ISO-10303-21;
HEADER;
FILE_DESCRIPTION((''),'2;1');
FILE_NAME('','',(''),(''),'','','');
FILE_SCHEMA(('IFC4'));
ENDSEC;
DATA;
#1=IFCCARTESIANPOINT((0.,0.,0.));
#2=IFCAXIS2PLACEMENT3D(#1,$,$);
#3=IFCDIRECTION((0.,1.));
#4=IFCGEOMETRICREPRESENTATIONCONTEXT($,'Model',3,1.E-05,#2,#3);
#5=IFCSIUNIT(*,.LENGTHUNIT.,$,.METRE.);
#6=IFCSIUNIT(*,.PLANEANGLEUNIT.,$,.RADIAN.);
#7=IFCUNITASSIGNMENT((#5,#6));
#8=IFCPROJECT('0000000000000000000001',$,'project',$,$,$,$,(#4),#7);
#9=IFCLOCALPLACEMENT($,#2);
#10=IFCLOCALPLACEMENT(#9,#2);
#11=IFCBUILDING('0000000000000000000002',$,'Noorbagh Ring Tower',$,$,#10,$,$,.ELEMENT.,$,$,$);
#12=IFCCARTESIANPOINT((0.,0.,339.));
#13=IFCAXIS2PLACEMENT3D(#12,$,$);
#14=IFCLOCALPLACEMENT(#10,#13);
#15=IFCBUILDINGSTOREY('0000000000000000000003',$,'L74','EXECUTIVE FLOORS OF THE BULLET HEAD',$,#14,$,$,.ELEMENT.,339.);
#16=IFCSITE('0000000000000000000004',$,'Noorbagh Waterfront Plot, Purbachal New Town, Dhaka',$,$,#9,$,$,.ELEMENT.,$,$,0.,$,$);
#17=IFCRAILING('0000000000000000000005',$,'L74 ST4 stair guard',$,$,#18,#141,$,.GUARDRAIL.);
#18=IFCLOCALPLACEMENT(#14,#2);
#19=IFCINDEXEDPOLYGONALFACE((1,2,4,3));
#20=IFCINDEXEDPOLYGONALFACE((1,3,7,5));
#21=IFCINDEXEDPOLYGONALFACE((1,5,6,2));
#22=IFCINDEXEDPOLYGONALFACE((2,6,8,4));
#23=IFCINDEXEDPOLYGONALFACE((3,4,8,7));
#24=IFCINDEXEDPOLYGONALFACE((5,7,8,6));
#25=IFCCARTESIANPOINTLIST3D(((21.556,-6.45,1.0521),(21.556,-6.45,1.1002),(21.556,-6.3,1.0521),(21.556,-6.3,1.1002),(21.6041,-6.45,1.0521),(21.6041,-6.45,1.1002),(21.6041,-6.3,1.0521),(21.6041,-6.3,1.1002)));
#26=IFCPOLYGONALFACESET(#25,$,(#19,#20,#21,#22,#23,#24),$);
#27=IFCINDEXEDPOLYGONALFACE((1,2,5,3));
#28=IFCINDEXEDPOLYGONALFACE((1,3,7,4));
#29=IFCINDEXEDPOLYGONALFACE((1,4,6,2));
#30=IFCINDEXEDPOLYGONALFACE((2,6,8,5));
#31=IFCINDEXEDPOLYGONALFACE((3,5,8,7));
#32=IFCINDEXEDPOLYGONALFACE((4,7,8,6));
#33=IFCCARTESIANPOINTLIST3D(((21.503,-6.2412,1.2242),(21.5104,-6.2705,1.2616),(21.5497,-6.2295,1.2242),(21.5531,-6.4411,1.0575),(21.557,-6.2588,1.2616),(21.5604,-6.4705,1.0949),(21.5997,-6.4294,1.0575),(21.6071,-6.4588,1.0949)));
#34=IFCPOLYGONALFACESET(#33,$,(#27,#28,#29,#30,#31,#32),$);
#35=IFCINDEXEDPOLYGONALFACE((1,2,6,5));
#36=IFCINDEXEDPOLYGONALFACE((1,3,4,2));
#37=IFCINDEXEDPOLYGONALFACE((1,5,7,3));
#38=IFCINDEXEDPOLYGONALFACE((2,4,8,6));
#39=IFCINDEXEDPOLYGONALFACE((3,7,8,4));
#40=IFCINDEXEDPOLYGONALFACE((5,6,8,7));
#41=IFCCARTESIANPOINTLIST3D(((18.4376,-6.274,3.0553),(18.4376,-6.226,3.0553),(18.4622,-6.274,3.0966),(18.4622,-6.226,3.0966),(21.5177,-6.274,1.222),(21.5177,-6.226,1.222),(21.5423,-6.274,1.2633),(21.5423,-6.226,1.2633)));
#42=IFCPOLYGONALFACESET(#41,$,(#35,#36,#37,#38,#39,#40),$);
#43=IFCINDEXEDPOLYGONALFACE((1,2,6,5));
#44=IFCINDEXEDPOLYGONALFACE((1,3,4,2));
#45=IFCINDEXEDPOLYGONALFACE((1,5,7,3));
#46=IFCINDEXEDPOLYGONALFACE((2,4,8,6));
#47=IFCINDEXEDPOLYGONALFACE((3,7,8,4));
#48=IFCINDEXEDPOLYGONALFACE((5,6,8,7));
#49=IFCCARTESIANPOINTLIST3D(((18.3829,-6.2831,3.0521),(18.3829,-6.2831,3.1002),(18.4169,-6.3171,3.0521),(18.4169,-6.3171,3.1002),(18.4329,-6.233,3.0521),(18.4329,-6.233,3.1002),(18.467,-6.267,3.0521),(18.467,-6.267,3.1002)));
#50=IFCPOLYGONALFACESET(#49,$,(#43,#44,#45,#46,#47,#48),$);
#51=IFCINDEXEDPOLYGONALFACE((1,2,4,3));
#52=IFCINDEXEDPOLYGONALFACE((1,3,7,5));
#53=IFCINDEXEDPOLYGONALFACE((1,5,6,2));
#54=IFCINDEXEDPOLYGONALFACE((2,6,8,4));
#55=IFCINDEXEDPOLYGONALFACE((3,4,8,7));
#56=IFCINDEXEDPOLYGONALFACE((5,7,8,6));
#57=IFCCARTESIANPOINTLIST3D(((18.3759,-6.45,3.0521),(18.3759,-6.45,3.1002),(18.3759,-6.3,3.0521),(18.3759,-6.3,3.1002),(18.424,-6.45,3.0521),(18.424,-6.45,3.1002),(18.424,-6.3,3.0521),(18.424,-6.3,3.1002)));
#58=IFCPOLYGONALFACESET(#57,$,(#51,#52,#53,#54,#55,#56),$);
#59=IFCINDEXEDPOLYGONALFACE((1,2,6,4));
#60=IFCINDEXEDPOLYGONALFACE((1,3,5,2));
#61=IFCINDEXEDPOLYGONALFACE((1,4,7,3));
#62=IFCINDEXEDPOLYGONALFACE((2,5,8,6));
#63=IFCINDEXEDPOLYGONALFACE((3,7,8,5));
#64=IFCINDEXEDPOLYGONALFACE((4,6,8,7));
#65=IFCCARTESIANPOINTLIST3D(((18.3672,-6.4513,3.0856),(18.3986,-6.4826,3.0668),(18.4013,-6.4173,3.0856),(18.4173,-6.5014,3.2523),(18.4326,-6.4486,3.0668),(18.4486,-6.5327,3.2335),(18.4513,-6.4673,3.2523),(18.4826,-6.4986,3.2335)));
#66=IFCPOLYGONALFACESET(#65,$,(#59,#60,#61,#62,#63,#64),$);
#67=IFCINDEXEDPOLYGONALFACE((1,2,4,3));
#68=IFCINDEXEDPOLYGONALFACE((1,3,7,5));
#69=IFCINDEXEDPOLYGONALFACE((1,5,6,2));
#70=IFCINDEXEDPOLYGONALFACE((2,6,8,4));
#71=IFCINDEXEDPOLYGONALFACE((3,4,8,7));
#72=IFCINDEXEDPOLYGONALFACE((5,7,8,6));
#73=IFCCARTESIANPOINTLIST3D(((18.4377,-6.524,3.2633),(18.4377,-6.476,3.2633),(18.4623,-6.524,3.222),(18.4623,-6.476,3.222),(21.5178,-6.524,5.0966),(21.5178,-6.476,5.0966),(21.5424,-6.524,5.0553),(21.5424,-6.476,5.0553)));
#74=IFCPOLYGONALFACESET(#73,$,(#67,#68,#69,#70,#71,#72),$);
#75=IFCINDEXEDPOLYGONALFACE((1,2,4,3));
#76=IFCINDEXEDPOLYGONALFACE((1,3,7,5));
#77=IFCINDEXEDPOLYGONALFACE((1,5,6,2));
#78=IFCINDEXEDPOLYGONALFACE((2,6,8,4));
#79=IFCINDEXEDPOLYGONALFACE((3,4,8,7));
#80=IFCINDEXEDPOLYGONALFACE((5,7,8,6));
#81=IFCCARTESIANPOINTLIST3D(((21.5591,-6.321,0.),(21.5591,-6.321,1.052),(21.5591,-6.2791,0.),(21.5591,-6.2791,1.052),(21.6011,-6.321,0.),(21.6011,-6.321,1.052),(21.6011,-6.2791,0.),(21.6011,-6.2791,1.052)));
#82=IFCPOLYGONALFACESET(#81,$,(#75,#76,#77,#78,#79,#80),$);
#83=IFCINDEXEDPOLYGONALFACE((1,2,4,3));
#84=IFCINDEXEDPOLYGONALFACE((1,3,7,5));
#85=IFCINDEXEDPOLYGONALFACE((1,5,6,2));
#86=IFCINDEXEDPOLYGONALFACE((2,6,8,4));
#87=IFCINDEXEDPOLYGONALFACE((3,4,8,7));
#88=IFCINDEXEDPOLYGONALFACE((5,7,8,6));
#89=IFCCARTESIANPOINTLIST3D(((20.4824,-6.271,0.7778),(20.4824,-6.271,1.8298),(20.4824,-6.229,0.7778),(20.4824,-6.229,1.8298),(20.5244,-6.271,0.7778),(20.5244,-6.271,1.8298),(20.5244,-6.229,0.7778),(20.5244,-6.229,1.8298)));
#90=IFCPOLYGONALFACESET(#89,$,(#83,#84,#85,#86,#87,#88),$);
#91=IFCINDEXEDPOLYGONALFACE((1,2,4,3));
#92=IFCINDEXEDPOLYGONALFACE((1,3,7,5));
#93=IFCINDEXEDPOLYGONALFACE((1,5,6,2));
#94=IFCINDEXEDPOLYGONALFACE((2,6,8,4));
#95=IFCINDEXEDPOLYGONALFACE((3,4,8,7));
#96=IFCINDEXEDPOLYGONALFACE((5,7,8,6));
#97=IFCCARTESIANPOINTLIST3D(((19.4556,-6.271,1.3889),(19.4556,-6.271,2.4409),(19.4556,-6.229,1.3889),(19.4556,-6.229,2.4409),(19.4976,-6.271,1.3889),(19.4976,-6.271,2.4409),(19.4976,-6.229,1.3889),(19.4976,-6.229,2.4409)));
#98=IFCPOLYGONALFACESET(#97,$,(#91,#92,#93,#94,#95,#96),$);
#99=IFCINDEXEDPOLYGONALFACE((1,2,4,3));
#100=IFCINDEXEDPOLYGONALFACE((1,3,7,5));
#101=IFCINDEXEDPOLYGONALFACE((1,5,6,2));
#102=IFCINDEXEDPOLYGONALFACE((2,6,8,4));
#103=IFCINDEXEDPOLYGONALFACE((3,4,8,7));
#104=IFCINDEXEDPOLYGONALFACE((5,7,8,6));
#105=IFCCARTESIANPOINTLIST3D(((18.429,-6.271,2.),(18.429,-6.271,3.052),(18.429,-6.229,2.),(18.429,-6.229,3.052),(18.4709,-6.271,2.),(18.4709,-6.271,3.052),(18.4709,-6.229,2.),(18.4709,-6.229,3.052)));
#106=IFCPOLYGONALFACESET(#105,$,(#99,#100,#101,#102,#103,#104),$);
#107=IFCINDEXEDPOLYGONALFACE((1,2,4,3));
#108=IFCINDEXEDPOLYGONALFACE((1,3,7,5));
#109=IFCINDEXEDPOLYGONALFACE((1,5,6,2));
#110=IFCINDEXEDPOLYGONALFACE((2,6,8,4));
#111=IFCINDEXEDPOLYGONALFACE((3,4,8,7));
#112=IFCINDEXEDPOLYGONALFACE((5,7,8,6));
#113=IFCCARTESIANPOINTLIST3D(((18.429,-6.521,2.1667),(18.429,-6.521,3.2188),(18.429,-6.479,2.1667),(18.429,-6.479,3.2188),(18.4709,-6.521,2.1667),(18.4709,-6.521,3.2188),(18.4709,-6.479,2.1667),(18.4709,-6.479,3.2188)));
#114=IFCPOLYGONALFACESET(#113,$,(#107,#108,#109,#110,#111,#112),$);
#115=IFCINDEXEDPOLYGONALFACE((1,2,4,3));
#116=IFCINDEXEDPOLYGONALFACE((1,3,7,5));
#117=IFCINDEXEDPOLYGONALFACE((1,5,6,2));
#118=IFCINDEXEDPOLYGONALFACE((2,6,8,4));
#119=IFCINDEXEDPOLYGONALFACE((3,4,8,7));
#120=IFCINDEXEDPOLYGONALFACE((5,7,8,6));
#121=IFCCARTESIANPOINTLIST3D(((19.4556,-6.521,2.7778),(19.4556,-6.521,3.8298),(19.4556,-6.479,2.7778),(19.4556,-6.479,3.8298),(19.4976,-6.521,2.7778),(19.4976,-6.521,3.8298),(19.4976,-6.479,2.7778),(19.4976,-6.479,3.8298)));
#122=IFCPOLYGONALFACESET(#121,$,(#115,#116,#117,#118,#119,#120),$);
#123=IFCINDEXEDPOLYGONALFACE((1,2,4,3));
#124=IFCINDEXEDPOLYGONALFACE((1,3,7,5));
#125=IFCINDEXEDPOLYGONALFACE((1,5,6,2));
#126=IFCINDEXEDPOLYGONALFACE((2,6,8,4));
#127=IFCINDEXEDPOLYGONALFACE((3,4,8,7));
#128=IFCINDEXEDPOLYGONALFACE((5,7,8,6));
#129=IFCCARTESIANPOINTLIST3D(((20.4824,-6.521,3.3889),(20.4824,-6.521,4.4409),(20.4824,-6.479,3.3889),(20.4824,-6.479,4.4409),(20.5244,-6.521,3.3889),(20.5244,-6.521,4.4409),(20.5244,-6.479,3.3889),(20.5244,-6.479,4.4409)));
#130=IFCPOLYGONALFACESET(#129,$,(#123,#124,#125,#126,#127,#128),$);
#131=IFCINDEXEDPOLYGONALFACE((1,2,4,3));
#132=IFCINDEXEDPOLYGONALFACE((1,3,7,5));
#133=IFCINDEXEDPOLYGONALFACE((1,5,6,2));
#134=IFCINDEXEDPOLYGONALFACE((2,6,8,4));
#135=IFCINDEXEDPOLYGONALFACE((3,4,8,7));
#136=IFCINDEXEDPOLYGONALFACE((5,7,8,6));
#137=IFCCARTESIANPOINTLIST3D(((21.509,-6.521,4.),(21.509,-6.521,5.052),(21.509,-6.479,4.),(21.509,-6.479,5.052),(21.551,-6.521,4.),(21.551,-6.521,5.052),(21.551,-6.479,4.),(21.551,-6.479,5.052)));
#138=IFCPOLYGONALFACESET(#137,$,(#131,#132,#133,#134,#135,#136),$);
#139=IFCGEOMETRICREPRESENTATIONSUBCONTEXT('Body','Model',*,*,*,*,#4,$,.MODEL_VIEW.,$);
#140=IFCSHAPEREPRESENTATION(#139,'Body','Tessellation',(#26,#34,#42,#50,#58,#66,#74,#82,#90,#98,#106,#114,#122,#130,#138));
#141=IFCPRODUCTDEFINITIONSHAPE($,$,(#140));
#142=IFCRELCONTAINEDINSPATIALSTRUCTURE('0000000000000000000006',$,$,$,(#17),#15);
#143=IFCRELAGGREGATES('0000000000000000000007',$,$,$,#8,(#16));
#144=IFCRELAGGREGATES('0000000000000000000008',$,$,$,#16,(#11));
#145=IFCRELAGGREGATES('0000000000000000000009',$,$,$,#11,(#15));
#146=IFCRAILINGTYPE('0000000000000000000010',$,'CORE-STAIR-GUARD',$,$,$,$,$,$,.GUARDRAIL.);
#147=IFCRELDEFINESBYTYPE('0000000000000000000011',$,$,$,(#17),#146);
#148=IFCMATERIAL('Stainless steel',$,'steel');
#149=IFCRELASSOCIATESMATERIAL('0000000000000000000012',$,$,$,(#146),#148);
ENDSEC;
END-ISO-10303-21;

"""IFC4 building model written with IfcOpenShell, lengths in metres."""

from ifc_helpers import new_model, si_unit, direction, frame, origin, origin_2d, place, context, subcontext, project, spatial, rectangle, extrude, material, type_object, element, save


model = new_model("IFC4")

# Units and contexts
model_context = context("Model", 3, precision=1e-05, world=origin(), true_north=direction((0.0, 1.0)))
body_context = subcontext(model_context, "Body", "Model", "MODEL_VIEW")
ifc_project = project(units=[si_unit("LENGTHUNIT", "METRE"), si_unit("PLANEANGLEUNIT", "RADIAN")], contexts=[model_context])

# Site, building, storey
site_placement = place(None, origin())
site = spatial("IfcSite", under=ifc_project, at=site_placement, Name="Noorbagh Waterfront Plot, Purbachal New Town, Dhaka", CompositionType="ELEMENT", RefElevation=0.0)
building_placement = place(site_placement, origin())
building = spatial("IfcBuilding", under=site, at=building_placement, Name="Noorbagh Ring Tower", CompositionType="ELEMENT")
storey_placement = place(building_placement, frame((0.0, 0.0, 339.0)))
storey = spatial("IfcBuildingStorey", under=building, at=storey_placement, Name="L74", Description="EXECUTIVE FLOORS OF THE BULLET HEAD", CompositionType="ELEMENT", Elevation=339.0)

# Railing
ifc_material_1 = material(Name="Stainless steel", Category="steel")
railing_type_1 = type_object("IfcRailingType", Name="CORE-STAIR-GUARD", PredefinedType="GUARDRAIL", material=ifc_material_1)
railing_1_placement = place(storey_placement, frame((21.5801, -6.3, 0.0)))
element("IfcRailing", 1, at=railing_1_placement, inside=storey, type_object=railing_type_1, Name="L74 ST4 stair guard", PredefinedType="GUARDRAIL", context=body_context, shape_type="SweptSolid", body=[
    extrude(rectangle(XDim=0.0481, YDim=0.0481, at=origin_2d()), frame((0.0, 0.0, 1.0762), z_axis=(0.0, -1.0, 0.0), x_axis=(1.0, 0.0, 0.0)), (0.0, 0.0, 1.0), 0.1499),
    extrude(rectangle(XDim=0.0481, YDim=0.0481, at=origin_2d()), frame((0.0, -0.1499, 1.0762), z_axis=(-0.188776, 0.754182, 0.628946), x_axis=(-0.970073, -0.242814, 0.0)), (0.0, 0.0, 1.0), 0.2651),
    extrude(rectangle(XDim=0.0481, YDim=0.0481, at=origin_2d()), frame((-0.05, 0.05, 1.2427), z_axis=(-0.859309, 0.0, 0.511458), x_axis=(0.0, -1.0, 0.0)), (0.0, 0.0, 1.0), 3.5845),
    extrude(rectangle(XDim=0.0481, YDim=0.0481, at=origin_2d()), frame((-3.1301, 0.05, 3.0762), z_axis=(-0.707107, -0.707107, 0.0), x_axis=(0.707107, -0.707107, 0.0)), (0.0, 0.0, 1.0), 0.0708),
    extrude(rectangle(XDim=0.0481, YDim=0.0481, at=origin_2d()), frame((-3.1802, 0.0, 3.0762), z_axis=(0.0, -1.0, 0.0), x_axis=(1.0, 0.0, 0.0)), (0.0, 0.0, 1.0), 0.1499),
    extrude(rectangle(XDim=0.0481, YDim=0.0481, at=origin_2d()), frame((-3.1802, -0.1499, 3.0762), z_axis=(0.276287, -0.276287, 0.920506), x_axis=(0.707107, 0.707107, 0.0)), (0.0, 0.0, 1.0), 0.1812),
    extrude(rectangle(XDim=0.0481, YDim=0.0481, at=origin_2d()), frame((-3.1301, -0.2, 3.2427), z_axis=(0.859309, 0.0, 0.511458), x_axis=(0.0, 1.0, 0.0)), (0.0, 0.0, 1.0), 3.5845),
    extrude(rectangle(XDim=0.042, YDim=0.042, at=origin_2d()), origin(), (0.0, 0.0, 1.0), 1.052),
    extrude(rectangle(XDim=0.042, YDim=0.042, at=origin_2d()), frame((-1.0767, 0.05, 0.7778)), (0.0, 0.0, 1.0), 1.052),
    extrude(rectangle(XDim=0.042, YDim=0.042, at=origin_2d()), frame((-2.1035, 0.05, 1.3889)), (0.0, 0.0, 1.0), 1.052),
    extrude(rectangle(XDim=0.042, YDim=0.042, at=origin_2d()), frame((-3.1301, 0.05, 2.0)), (0.0, 0.0, 1.0), 1.052),
    extrude(rectangle(XDim=0.042, YDim=0.042, at=origin_2d()), frame((-3.1301, -0.2, 2.1667)), (0.0, 0.0, 1.0), 1.052),
    extrude(rectangle(XDim=0.042, YDim=0.042, at=origin_2d()), frame((-2.1035, -0.2, 2.7778)), (0.0, 0.0, 1.0), 1.052),
    extrude(rectangle(XDim=0.042, YDim=0.042, at=origin_2d()), frame((-1.0767, -0.2, 3.3889)), (0.0, 0.0, 1.0), 1.052),
    extrude(rectangle(XDim=0.042, YDim=0.042, at=origin_2d()), frame((-0.05, -0.2, 4.0)), (0.0, 0.0, 1.0), 1.052),
])

save(model, "model.ifc")
